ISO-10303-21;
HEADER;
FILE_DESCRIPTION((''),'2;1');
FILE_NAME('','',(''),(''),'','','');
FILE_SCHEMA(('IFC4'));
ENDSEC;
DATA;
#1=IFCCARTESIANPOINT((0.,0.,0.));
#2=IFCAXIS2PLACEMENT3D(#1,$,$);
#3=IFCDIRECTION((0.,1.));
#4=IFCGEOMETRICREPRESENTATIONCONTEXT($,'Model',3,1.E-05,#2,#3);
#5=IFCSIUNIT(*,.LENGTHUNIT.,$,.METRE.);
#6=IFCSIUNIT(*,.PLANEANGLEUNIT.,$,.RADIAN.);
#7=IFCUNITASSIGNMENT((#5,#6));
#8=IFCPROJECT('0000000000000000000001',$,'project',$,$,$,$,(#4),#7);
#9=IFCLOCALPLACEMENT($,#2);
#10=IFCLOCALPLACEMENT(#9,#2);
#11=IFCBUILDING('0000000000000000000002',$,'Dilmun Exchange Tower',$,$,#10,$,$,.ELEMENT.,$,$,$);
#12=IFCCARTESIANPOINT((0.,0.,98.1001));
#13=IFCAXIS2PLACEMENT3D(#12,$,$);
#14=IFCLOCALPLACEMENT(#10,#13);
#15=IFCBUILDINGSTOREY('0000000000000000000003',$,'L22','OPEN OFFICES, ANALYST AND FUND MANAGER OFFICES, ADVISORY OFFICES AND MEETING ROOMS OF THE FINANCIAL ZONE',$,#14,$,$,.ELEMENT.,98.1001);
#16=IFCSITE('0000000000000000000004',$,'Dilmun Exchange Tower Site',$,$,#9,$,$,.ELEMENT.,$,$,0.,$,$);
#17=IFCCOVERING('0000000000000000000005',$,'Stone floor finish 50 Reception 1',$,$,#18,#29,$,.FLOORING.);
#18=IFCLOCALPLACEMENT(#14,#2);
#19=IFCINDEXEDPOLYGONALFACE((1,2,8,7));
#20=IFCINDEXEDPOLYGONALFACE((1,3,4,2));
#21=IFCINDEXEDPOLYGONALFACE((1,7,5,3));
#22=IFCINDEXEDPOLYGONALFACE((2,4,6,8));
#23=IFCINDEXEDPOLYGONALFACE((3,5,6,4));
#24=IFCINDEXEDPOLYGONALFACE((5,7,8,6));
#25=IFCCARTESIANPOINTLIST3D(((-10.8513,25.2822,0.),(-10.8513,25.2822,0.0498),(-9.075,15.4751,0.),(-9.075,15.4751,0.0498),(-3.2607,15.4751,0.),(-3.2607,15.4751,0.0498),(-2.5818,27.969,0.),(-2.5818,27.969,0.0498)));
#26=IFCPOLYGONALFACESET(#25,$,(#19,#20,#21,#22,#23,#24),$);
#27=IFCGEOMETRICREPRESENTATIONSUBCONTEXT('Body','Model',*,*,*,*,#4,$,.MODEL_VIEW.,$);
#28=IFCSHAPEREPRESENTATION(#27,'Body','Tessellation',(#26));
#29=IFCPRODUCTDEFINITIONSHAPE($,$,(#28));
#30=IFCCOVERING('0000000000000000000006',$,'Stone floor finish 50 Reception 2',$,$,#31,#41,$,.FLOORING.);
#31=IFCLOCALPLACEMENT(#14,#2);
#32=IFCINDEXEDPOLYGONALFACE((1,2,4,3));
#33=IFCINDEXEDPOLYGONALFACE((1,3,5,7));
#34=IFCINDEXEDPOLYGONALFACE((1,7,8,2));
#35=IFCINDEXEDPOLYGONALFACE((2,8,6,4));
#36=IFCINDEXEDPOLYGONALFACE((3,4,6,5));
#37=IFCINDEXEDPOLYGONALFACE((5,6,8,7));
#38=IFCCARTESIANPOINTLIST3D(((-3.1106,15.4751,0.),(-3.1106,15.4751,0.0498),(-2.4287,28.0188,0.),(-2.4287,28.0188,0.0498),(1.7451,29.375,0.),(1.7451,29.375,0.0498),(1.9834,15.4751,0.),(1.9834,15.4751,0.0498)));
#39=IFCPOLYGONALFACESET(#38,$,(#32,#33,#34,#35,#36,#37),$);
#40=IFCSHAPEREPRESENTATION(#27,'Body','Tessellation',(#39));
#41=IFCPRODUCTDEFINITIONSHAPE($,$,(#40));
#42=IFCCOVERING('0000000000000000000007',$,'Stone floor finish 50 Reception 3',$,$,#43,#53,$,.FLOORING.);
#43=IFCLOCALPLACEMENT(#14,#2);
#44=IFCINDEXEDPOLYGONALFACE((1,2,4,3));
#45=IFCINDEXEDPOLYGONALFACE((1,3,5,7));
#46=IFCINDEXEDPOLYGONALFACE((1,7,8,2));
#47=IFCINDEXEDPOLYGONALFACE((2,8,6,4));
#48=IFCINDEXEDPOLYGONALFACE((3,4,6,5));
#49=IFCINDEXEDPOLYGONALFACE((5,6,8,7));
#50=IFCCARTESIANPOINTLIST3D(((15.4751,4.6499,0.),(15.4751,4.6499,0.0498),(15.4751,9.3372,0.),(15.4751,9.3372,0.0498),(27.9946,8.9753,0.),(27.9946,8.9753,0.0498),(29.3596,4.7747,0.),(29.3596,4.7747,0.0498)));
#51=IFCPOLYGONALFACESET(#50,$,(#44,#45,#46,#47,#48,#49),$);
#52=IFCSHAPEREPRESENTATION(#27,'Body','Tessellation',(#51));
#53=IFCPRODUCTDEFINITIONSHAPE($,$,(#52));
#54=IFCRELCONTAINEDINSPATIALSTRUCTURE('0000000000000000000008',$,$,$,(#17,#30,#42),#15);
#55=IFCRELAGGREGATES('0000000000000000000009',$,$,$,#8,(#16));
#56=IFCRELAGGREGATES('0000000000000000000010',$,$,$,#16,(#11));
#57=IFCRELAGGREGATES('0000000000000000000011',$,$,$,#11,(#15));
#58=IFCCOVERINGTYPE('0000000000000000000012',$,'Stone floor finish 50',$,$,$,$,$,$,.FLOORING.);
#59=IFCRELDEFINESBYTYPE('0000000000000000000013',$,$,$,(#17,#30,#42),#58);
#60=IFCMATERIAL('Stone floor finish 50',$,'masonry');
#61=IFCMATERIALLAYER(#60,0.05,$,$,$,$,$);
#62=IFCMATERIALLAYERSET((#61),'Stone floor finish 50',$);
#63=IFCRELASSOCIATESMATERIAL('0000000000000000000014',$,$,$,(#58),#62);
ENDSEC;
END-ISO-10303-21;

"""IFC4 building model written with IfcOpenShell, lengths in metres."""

from ifc_helpers import new_model, si_unit, direction, frame, origin, place, context, subcontext, project, spatial, polyline, outline, extrude, material, layer, layer_set, type_object, element, save


model = new_model("IFC4")

# Units and contexts
model_context = context("Model", 3, precision=1e-05, world=origin(), true_north=direction((0.0, 1.0)))
body_context = subcontext(model_context, "Body", "Model", "MODEL_VIEW")
ifc_project = project(units=[si_unit("LENGTHUNIT", "METRE"), si_unit("PLANEANGLEUNIT", "RADIAN")], contexts=[model_context])

# Site, building, storey
site_placement = place(None, origin())
site = spatial("IfcSite", under=ifc_project, at=site_placement, Name="Dilmun Exchange Tower Site", CompositionType="ELEMENT", RefElevation=0.0)
building_placement = place(site_placement, origin())
building = spatial("IfcBuilding", under=site, at=building_placement, Name="Dilmun Exchange Tower", CompositionType="ELEMENT")
storey_placement = place(building_placement, frame((0.0, 0.0, 98.1001)))
storey = spatial("IfcBuildingStorey", under=building, at=storey_placement, Name="L22", Description="OPEN OFFICES, ANALYST AND FUND MANAGER OFFICES, ADVISORY OFFICES AND MEETING ROOMS OF THE FINANCIAL ZONE", CompositionType="ELEMENT", Elevation=98.1001)

# Coverings
ifc_material_1 = material(Name="Stone floor finish 50", Category="masonry")
ifc_layer_1 = layer(ifc_material_1, 0.05)
ifc_layer_set_1 = layer_set([ifc_layer_1], Name="Stone floor finish 50")
covering_type_1 = type_object("IfcCoveringType", Name="Stone floor finish 50", PredefinedType="FLOORING", material=ifc_layer_set_1)
covering_1_placement = place(storey_placement, origin())
element("IfcCovering", 1, at=covering_1_placement, inside=storey, type_object=covering_type_1, Name="Stone floor finish 50 Reception 1", PredefinedType="FLOORING", context=body_context, shape_type="SweptSolid", body=[
    extrude(outline(polyline([(-10.8513, 25.2822), (-2.5818, 27.969), (-3.2607, 15.4751), (-9.075, 15.4751), (-10.8513, 25.2822)])), origin(), (0.0, 0.0, 1.0), 0.0498),
])
covering_2_placement = place(storey_placement, origin())
element("IfcCovering", 2, at=covering_2_placement, inside=storey, type_object=covering_type_1, Name="Stone floor finish 50 Reception 2", PredefinedType="FLOORING", context=body_context, shape_type="SweptSolid", body=[
    extrude(outline(polyline([(-3.1106, 15.4751), (-2.4287, 28.0188), (1.7451, 29.375), (1.9834, 15.4751), (-3.1106, 15.4751)])), origin(), (0.0, 0.0, 1.0), 0.0498),
])
covering_3_placement = place(storey_placement, origin())
element("IfcCovering", 3, at=covering_3_placement, inside=storey, type_object=covering_type_1, Name="Stone floor finish 50 Reception 3", PredefinedType="FLOORING", context=body_context, shape_type="SweptSolid", body=[
    extrude(outline(polyline([(15.4751, 9.3372), (27.9946, 8.9753), (29.3596, 4.7747), (15.4751, 4.6499), (15.4751, 9.3372)])), origin(), (0.0, 0.0, 1.0), 0.0498),
])

save(model, "model.ifc")
